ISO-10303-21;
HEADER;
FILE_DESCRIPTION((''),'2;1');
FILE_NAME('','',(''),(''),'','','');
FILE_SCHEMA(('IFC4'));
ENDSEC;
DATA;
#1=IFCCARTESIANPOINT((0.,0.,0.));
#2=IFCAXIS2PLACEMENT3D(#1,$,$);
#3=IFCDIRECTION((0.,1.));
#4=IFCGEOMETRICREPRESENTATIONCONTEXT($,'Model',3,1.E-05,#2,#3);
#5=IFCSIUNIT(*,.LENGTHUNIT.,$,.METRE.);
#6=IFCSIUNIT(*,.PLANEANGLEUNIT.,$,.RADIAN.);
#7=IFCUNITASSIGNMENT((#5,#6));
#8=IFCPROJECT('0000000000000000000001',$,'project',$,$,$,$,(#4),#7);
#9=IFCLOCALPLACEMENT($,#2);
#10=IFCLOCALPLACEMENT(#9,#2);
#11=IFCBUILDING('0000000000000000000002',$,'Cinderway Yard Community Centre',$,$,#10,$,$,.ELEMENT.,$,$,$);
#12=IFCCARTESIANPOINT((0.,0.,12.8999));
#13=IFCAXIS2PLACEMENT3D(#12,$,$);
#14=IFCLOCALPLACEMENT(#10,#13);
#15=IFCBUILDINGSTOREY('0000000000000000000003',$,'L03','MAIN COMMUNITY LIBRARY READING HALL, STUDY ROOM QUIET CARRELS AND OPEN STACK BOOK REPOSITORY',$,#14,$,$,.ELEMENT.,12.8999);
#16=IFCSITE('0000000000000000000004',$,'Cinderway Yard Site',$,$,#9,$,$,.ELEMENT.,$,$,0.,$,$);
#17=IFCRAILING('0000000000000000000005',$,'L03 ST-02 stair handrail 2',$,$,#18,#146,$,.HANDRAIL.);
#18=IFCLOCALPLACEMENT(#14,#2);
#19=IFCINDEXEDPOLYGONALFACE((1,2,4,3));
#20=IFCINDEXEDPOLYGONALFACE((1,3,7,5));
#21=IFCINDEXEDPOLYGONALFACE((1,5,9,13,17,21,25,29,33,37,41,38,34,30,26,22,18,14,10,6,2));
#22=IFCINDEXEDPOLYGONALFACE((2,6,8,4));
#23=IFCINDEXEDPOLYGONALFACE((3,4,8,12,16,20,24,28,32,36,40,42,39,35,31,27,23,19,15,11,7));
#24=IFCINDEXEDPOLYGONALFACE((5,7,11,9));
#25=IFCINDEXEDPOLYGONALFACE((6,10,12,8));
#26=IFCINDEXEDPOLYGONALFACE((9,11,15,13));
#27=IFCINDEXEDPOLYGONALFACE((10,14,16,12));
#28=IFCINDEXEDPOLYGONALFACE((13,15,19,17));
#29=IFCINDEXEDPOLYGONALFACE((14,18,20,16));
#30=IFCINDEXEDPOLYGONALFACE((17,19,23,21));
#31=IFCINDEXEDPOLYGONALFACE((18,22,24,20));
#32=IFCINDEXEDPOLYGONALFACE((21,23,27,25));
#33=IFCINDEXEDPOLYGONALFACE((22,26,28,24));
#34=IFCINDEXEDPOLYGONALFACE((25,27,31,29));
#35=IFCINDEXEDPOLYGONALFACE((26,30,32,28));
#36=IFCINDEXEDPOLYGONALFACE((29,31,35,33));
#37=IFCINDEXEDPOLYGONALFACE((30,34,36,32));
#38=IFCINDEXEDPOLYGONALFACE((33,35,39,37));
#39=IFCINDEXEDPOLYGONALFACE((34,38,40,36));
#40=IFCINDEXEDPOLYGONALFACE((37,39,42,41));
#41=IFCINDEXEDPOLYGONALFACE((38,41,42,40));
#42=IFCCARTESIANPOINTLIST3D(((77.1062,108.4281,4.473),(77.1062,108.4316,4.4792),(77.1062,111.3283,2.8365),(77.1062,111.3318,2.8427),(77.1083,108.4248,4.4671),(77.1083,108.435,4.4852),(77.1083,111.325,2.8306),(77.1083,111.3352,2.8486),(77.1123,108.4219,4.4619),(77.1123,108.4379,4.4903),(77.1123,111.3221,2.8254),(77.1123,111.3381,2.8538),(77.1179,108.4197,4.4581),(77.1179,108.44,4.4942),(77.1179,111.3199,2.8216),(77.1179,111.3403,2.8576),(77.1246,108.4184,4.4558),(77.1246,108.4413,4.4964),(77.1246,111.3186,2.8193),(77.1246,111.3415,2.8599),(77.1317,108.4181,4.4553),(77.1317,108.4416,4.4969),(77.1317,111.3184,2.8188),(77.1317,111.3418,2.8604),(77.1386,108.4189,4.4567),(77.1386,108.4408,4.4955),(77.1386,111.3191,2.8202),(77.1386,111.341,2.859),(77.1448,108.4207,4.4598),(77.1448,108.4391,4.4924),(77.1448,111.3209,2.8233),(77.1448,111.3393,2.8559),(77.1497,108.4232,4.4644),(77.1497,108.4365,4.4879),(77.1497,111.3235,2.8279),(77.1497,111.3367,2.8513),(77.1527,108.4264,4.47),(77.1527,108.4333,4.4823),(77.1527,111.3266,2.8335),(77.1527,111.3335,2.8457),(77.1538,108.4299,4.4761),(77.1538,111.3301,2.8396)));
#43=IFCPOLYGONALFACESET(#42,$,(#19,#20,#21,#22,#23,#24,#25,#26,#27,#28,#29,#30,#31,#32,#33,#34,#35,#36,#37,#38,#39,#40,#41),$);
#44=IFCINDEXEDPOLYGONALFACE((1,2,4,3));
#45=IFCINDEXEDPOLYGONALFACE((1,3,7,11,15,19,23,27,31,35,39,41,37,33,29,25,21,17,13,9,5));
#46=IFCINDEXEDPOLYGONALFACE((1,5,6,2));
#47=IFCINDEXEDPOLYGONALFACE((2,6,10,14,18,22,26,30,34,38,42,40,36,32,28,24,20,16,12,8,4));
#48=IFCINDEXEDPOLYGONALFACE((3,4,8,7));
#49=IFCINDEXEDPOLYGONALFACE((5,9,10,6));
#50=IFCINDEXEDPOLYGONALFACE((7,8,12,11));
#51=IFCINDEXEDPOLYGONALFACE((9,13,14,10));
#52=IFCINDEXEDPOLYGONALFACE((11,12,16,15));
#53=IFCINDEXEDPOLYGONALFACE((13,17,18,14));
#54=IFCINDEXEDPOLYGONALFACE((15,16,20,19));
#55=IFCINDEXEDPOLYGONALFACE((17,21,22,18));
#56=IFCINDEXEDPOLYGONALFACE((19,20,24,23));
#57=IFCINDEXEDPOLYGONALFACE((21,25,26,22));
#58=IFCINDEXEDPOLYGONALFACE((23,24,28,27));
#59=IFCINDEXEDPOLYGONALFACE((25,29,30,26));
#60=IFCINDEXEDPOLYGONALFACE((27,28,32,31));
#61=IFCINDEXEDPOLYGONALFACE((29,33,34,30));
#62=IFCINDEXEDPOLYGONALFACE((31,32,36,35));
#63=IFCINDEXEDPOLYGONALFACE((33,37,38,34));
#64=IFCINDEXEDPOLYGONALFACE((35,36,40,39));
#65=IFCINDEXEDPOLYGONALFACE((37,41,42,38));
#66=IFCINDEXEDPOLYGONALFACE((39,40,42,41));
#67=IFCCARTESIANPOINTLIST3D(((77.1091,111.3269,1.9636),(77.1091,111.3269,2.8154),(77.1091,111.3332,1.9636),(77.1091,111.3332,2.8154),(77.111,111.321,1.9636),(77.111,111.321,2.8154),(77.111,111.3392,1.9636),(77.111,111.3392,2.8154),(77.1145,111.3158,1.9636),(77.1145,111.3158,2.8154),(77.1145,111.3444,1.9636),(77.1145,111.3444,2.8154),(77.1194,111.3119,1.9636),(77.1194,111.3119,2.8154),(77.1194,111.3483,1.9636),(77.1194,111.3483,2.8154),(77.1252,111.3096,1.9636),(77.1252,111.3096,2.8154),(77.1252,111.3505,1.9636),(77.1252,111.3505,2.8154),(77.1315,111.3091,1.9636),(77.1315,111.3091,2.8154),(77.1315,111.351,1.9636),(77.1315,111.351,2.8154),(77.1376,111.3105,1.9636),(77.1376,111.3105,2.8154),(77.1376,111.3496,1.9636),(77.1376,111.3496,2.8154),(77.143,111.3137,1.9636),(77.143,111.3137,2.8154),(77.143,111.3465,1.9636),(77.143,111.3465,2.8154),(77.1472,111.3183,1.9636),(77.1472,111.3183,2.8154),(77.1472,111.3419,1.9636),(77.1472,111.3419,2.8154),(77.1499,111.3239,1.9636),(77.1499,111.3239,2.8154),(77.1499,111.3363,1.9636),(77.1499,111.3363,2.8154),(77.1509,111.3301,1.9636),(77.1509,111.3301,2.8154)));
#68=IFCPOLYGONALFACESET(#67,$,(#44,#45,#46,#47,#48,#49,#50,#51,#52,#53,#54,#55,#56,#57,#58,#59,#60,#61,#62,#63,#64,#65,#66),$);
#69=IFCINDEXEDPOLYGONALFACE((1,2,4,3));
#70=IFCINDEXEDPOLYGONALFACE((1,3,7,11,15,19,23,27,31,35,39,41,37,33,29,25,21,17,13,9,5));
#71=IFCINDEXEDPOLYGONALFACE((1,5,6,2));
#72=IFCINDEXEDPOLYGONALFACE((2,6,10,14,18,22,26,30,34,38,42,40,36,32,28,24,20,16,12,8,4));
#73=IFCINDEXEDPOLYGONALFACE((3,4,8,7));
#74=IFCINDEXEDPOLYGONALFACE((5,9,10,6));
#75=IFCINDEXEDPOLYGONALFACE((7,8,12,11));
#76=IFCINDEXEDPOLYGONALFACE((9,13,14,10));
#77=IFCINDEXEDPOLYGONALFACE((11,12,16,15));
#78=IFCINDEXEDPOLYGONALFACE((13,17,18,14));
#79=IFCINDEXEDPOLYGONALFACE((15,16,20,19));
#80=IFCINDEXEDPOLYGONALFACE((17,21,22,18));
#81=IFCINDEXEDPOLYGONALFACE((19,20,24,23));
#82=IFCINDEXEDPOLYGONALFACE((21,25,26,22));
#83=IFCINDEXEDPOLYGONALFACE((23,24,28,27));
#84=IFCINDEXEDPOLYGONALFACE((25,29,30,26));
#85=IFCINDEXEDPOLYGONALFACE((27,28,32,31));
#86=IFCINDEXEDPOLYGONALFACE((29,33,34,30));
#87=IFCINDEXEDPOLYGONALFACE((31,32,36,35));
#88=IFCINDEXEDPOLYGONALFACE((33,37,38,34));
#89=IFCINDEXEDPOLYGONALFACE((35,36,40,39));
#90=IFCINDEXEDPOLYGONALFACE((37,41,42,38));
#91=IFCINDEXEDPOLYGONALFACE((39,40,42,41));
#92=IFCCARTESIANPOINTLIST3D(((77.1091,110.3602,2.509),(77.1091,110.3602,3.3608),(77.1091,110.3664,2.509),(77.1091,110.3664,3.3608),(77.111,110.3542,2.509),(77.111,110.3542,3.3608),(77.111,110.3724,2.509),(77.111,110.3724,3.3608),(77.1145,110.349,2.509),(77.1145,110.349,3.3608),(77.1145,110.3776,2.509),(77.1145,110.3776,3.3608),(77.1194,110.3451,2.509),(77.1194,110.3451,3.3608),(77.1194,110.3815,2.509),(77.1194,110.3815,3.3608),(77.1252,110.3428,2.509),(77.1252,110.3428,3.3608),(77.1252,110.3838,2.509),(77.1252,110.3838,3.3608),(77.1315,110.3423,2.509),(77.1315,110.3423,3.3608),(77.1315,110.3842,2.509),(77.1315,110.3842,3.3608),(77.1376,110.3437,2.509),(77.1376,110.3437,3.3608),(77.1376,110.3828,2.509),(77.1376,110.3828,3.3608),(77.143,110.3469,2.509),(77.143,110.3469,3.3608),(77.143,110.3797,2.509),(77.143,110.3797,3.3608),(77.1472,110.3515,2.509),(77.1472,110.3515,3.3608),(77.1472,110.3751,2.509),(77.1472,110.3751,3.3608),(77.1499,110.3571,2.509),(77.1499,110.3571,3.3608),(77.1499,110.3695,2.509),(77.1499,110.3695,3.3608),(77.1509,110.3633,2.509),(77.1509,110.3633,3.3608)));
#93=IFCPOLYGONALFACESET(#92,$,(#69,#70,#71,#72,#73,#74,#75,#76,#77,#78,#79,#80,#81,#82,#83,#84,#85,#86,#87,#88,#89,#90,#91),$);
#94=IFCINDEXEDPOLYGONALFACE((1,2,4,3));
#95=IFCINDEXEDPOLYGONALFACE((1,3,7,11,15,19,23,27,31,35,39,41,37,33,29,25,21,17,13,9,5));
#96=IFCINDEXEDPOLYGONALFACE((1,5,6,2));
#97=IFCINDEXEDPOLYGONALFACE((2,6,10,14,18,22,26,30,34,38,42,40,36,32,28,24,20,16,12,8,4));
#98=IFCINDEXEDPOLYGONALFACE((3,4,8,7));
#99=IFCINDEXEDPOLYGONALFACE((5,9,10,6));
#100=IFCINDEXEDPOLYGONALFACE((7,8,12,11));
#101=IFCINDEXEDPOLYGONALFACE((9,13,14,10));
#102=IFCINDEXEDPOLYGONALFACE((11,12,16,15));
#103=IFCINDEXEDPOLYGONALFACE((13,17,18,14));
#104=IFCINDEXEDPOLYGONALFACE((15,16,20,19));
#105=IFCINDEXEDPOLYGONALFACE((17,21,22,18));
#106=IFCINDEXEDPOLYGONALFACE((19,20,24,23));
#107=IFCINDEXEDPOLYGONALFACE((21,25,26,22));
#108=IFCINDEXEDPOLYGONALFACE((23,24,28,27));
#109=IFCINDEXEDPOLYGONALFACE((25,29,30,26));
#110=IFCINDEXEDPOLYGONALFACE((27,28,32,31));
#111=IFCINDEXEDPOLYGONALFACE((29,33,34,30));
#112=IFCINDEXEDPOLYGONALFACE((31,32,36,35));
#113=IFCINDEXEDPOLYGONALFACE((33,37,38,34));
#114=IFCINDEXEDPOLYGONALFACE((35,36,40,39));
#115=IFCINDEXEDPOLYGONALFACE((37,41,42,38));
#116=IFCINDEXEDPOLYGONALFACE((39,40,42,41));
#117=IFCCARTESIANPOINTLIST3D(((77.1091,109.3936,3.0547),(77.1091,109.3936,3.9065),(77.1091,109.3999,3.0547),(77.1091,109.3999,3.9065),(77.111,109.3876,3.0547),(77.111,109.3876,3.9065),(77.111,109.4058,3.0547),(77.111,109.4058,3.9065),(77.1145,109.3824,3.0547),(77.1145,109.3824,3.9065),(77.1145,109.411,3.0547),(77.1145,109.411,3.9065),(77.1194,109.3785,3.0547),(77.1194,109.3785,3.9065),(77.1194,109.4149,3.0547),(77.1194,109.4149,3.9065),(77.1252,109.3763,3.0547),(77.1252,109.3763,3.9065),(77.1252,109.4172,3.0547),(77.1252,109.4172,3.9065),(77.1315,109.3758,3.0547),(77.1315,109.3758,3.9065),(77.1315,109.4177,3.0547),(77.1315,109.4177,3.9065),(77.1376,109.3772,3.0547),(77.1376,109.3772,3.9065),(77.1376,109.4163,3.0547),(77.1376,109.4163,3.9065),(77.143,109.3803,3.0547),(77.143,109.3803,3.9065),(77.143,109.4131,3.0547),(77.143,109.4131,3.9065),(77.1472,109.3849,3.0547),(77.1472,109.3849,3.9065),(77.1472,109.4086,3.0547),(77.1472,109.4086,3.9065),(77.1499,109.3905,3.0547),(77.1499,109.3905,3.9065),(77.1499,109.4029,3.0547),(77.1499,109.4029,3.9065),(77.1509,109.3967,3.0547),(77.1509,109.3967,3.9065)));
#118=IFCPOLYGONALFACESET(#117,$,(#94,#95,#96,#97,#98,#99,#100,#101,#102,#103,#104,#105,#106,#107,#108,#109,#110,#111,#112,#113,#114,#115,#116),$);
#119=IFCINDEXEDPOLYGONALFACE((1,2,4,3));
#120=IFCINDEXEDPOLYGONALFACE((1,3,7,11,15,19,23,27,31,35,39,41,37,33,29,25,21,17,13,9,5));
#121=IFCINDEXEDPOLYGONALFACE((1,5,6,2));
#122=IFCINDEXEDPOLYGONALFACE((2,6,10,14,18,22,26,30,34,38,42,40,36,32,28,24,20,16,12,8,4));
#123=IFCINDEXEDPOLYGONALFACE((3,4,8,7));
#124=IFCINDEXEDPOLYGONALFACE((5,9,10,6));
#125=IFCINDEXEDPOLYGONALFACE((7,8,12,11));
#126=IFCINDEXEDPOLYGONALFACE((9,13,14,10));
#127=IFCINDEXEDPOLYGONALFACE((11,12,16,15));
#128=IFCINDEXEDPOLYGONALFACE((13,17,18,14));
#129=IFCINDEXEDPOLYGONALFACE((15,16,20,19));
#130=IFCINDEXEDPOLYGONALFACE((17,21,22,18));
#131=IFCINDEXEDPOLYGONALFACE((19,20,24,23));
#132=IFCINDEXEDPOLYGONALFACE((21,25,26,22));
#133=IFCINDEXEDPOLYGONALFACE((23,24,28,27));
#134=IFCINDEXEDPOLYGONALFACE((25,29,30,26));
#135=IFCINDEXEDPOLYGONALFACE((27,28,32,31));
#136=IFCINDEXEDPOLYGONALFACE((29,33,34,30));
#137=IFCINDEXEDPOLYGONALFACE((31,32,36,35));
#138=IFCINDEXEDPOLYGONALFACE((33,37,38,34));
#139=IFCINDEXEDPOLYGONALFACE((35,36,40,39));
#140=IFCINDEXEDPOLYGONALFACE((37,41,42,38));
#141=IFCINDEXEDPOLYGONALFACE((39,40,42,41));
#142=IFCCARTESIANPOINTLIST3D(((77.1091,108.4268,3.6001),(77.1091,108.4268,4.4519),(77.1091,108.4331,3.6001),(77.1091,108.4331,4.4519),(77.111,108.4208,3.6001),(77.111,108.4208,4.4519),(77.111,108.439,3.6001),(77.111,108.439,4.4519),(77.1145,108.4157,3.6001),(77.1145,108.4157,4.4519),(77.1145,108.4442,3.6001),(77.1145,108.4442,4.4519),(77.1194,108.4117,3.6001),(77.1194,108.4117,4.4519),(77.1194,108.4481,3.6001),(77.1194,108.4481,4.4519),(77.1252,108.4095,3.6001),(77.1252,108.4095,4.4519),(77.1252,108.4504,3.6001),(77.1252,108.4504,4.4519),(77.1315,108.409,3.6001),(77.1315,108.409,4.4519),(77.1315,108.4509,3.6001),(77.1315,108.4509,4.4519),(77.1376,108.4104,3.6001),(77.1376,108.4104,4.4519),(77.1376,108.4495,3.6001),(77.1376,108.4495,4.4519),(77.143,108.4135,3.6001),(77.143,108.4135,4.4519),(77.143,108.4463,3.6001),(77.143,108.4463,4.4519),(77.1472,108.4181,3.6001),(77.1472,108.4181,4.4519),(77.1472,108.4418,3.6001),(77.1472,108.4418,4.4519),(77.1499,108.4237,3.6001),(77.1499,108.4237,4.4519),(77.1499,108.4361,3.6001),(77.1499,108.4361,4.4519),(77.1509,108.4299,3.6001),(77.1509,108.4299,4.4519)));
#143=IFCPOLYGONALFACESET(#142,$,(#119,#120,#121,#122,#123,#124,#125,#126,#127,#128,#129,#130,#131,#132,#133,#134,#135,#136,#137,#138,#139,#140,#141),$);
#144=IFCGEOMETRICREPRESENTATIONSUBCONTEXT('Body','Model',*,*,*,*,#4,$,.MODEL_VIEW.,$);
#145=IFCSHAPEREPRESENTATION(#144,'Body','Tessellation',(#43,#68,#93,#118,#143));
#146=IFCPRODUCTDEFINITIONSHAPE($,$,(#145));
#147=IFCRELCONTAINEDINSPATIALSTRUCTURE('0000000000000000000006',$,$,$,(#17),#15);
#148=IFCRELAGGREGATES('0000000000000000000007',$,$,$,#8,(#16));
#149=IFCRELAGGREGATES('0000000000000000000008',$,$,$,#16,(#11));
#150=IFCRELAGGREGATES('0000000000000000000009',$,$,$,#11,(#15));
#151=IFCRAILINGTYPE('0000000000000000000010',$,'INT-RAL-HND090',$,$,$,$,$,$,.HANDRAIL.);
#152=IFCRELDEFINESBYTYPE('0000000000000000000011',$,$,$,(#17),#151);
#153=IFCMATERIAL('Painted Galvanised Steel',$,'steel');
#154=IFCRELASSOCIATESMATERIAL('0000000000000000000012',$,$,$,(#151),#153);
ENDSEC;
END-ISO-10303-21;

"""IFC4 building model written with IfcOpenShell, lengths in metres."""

from ifc_helpers import new_model, si_unit, direction, frame, origin, origin_2d, place, context, subcontext, project, spatial, circle, extrude, material, type_object, element, save


model = new_model("IFC4")

# Units and contexts
model_context = context("Model", 3, precision=1e-05, world=origin(), true_north=direction((0.0, 1.0)))
body_context = subcontext(model_context, "Body", "Model", "MODEL_VIEW")
ifc_project = project(units=[si_unit("LENGTHUNIT", "METRE"), si_unit("PLANEANGLEUNIT", "RADIAN")], contexts=[model_context])

# Site, building, storey
site_placement = place(None, origin())
site = spatial("IfcSite", under=ifc_project, at=site_placement, Name="Cinderway Yard Site", CompositionType="ELEMENT", RefElevation=0.0)
building_placement = place(site_placement, origin())
building = spatial("IfcBuilding", under=site, at=building_placement, Name="Cinderway Yard Community Centre", CompositionType="ELEMENT")
storey_placement = place(building_placement, frame((0.0, 0.0, 12.8999)))
storey = spatial("IfcBuildingStorey", under=building, at=storey_placement, Name="L03", Description="MAIN COMMUNITY LIBRARY READING HALL, STUDY ROOM QUIET CARRELS AND OPEN STACK BOOK REPOSITORY", CompositionType="ELEMENT", Elevation=12.8999)

# Shared definitions
ifc_material_1 = material(Name="Painted Galvanised Steel", Category="steel")

# Railing
railing_type_1 = type_object("IfcRailingType", Name="INT-RAL-HND090", PredefinedType="HANDRAIL", material=ifc_material_1)
railing_1_placement = place(storey_placement, frame((77.1299, 111.3301, 1.9636)))
element("IfcRailing", 1, at=railing_1_placement, inside=storey, type_object=railing_type_1, Name="L03 ST-02 stair handrail 2", PredefinedType="HANDRAIL", context=body_context, shape_type="SweptSolid", body=[
    extrude(circle(Radius=0.0239, at=origin_2d()), frame((0.0, 0.0, 0.876), z_axis=(0.0, -0.870915, 0.491434), x_axis=(1.0, 0.0, 0.0)), (0.0, 0.0, 1.0), 3.3301),
    extrude(circle(Radius=0.021, at=origin_2d()), origin(), (0.0, 0.0, 1.0), 0.8518),
    extrude(circle(Radius=0.021, at=origin_2d()), frame((0.0, -0.9668, 0.5454)), (0.0, 0.0, 1.0), 0.8518),
    extrude(circle(Radius=0.021, at=origin_2d()), frame((0.0, -1.9333, 1.0911)), (0.0, 0.0, 1.0), 0.8518),
    extrude(circle(Radius=0.021, at=origin_2d()), frame((0.0, -2.9001, 1.6365)), (0.0, 0.0, 1.0), 0.8518),
])

save(model, "model.ifc")
